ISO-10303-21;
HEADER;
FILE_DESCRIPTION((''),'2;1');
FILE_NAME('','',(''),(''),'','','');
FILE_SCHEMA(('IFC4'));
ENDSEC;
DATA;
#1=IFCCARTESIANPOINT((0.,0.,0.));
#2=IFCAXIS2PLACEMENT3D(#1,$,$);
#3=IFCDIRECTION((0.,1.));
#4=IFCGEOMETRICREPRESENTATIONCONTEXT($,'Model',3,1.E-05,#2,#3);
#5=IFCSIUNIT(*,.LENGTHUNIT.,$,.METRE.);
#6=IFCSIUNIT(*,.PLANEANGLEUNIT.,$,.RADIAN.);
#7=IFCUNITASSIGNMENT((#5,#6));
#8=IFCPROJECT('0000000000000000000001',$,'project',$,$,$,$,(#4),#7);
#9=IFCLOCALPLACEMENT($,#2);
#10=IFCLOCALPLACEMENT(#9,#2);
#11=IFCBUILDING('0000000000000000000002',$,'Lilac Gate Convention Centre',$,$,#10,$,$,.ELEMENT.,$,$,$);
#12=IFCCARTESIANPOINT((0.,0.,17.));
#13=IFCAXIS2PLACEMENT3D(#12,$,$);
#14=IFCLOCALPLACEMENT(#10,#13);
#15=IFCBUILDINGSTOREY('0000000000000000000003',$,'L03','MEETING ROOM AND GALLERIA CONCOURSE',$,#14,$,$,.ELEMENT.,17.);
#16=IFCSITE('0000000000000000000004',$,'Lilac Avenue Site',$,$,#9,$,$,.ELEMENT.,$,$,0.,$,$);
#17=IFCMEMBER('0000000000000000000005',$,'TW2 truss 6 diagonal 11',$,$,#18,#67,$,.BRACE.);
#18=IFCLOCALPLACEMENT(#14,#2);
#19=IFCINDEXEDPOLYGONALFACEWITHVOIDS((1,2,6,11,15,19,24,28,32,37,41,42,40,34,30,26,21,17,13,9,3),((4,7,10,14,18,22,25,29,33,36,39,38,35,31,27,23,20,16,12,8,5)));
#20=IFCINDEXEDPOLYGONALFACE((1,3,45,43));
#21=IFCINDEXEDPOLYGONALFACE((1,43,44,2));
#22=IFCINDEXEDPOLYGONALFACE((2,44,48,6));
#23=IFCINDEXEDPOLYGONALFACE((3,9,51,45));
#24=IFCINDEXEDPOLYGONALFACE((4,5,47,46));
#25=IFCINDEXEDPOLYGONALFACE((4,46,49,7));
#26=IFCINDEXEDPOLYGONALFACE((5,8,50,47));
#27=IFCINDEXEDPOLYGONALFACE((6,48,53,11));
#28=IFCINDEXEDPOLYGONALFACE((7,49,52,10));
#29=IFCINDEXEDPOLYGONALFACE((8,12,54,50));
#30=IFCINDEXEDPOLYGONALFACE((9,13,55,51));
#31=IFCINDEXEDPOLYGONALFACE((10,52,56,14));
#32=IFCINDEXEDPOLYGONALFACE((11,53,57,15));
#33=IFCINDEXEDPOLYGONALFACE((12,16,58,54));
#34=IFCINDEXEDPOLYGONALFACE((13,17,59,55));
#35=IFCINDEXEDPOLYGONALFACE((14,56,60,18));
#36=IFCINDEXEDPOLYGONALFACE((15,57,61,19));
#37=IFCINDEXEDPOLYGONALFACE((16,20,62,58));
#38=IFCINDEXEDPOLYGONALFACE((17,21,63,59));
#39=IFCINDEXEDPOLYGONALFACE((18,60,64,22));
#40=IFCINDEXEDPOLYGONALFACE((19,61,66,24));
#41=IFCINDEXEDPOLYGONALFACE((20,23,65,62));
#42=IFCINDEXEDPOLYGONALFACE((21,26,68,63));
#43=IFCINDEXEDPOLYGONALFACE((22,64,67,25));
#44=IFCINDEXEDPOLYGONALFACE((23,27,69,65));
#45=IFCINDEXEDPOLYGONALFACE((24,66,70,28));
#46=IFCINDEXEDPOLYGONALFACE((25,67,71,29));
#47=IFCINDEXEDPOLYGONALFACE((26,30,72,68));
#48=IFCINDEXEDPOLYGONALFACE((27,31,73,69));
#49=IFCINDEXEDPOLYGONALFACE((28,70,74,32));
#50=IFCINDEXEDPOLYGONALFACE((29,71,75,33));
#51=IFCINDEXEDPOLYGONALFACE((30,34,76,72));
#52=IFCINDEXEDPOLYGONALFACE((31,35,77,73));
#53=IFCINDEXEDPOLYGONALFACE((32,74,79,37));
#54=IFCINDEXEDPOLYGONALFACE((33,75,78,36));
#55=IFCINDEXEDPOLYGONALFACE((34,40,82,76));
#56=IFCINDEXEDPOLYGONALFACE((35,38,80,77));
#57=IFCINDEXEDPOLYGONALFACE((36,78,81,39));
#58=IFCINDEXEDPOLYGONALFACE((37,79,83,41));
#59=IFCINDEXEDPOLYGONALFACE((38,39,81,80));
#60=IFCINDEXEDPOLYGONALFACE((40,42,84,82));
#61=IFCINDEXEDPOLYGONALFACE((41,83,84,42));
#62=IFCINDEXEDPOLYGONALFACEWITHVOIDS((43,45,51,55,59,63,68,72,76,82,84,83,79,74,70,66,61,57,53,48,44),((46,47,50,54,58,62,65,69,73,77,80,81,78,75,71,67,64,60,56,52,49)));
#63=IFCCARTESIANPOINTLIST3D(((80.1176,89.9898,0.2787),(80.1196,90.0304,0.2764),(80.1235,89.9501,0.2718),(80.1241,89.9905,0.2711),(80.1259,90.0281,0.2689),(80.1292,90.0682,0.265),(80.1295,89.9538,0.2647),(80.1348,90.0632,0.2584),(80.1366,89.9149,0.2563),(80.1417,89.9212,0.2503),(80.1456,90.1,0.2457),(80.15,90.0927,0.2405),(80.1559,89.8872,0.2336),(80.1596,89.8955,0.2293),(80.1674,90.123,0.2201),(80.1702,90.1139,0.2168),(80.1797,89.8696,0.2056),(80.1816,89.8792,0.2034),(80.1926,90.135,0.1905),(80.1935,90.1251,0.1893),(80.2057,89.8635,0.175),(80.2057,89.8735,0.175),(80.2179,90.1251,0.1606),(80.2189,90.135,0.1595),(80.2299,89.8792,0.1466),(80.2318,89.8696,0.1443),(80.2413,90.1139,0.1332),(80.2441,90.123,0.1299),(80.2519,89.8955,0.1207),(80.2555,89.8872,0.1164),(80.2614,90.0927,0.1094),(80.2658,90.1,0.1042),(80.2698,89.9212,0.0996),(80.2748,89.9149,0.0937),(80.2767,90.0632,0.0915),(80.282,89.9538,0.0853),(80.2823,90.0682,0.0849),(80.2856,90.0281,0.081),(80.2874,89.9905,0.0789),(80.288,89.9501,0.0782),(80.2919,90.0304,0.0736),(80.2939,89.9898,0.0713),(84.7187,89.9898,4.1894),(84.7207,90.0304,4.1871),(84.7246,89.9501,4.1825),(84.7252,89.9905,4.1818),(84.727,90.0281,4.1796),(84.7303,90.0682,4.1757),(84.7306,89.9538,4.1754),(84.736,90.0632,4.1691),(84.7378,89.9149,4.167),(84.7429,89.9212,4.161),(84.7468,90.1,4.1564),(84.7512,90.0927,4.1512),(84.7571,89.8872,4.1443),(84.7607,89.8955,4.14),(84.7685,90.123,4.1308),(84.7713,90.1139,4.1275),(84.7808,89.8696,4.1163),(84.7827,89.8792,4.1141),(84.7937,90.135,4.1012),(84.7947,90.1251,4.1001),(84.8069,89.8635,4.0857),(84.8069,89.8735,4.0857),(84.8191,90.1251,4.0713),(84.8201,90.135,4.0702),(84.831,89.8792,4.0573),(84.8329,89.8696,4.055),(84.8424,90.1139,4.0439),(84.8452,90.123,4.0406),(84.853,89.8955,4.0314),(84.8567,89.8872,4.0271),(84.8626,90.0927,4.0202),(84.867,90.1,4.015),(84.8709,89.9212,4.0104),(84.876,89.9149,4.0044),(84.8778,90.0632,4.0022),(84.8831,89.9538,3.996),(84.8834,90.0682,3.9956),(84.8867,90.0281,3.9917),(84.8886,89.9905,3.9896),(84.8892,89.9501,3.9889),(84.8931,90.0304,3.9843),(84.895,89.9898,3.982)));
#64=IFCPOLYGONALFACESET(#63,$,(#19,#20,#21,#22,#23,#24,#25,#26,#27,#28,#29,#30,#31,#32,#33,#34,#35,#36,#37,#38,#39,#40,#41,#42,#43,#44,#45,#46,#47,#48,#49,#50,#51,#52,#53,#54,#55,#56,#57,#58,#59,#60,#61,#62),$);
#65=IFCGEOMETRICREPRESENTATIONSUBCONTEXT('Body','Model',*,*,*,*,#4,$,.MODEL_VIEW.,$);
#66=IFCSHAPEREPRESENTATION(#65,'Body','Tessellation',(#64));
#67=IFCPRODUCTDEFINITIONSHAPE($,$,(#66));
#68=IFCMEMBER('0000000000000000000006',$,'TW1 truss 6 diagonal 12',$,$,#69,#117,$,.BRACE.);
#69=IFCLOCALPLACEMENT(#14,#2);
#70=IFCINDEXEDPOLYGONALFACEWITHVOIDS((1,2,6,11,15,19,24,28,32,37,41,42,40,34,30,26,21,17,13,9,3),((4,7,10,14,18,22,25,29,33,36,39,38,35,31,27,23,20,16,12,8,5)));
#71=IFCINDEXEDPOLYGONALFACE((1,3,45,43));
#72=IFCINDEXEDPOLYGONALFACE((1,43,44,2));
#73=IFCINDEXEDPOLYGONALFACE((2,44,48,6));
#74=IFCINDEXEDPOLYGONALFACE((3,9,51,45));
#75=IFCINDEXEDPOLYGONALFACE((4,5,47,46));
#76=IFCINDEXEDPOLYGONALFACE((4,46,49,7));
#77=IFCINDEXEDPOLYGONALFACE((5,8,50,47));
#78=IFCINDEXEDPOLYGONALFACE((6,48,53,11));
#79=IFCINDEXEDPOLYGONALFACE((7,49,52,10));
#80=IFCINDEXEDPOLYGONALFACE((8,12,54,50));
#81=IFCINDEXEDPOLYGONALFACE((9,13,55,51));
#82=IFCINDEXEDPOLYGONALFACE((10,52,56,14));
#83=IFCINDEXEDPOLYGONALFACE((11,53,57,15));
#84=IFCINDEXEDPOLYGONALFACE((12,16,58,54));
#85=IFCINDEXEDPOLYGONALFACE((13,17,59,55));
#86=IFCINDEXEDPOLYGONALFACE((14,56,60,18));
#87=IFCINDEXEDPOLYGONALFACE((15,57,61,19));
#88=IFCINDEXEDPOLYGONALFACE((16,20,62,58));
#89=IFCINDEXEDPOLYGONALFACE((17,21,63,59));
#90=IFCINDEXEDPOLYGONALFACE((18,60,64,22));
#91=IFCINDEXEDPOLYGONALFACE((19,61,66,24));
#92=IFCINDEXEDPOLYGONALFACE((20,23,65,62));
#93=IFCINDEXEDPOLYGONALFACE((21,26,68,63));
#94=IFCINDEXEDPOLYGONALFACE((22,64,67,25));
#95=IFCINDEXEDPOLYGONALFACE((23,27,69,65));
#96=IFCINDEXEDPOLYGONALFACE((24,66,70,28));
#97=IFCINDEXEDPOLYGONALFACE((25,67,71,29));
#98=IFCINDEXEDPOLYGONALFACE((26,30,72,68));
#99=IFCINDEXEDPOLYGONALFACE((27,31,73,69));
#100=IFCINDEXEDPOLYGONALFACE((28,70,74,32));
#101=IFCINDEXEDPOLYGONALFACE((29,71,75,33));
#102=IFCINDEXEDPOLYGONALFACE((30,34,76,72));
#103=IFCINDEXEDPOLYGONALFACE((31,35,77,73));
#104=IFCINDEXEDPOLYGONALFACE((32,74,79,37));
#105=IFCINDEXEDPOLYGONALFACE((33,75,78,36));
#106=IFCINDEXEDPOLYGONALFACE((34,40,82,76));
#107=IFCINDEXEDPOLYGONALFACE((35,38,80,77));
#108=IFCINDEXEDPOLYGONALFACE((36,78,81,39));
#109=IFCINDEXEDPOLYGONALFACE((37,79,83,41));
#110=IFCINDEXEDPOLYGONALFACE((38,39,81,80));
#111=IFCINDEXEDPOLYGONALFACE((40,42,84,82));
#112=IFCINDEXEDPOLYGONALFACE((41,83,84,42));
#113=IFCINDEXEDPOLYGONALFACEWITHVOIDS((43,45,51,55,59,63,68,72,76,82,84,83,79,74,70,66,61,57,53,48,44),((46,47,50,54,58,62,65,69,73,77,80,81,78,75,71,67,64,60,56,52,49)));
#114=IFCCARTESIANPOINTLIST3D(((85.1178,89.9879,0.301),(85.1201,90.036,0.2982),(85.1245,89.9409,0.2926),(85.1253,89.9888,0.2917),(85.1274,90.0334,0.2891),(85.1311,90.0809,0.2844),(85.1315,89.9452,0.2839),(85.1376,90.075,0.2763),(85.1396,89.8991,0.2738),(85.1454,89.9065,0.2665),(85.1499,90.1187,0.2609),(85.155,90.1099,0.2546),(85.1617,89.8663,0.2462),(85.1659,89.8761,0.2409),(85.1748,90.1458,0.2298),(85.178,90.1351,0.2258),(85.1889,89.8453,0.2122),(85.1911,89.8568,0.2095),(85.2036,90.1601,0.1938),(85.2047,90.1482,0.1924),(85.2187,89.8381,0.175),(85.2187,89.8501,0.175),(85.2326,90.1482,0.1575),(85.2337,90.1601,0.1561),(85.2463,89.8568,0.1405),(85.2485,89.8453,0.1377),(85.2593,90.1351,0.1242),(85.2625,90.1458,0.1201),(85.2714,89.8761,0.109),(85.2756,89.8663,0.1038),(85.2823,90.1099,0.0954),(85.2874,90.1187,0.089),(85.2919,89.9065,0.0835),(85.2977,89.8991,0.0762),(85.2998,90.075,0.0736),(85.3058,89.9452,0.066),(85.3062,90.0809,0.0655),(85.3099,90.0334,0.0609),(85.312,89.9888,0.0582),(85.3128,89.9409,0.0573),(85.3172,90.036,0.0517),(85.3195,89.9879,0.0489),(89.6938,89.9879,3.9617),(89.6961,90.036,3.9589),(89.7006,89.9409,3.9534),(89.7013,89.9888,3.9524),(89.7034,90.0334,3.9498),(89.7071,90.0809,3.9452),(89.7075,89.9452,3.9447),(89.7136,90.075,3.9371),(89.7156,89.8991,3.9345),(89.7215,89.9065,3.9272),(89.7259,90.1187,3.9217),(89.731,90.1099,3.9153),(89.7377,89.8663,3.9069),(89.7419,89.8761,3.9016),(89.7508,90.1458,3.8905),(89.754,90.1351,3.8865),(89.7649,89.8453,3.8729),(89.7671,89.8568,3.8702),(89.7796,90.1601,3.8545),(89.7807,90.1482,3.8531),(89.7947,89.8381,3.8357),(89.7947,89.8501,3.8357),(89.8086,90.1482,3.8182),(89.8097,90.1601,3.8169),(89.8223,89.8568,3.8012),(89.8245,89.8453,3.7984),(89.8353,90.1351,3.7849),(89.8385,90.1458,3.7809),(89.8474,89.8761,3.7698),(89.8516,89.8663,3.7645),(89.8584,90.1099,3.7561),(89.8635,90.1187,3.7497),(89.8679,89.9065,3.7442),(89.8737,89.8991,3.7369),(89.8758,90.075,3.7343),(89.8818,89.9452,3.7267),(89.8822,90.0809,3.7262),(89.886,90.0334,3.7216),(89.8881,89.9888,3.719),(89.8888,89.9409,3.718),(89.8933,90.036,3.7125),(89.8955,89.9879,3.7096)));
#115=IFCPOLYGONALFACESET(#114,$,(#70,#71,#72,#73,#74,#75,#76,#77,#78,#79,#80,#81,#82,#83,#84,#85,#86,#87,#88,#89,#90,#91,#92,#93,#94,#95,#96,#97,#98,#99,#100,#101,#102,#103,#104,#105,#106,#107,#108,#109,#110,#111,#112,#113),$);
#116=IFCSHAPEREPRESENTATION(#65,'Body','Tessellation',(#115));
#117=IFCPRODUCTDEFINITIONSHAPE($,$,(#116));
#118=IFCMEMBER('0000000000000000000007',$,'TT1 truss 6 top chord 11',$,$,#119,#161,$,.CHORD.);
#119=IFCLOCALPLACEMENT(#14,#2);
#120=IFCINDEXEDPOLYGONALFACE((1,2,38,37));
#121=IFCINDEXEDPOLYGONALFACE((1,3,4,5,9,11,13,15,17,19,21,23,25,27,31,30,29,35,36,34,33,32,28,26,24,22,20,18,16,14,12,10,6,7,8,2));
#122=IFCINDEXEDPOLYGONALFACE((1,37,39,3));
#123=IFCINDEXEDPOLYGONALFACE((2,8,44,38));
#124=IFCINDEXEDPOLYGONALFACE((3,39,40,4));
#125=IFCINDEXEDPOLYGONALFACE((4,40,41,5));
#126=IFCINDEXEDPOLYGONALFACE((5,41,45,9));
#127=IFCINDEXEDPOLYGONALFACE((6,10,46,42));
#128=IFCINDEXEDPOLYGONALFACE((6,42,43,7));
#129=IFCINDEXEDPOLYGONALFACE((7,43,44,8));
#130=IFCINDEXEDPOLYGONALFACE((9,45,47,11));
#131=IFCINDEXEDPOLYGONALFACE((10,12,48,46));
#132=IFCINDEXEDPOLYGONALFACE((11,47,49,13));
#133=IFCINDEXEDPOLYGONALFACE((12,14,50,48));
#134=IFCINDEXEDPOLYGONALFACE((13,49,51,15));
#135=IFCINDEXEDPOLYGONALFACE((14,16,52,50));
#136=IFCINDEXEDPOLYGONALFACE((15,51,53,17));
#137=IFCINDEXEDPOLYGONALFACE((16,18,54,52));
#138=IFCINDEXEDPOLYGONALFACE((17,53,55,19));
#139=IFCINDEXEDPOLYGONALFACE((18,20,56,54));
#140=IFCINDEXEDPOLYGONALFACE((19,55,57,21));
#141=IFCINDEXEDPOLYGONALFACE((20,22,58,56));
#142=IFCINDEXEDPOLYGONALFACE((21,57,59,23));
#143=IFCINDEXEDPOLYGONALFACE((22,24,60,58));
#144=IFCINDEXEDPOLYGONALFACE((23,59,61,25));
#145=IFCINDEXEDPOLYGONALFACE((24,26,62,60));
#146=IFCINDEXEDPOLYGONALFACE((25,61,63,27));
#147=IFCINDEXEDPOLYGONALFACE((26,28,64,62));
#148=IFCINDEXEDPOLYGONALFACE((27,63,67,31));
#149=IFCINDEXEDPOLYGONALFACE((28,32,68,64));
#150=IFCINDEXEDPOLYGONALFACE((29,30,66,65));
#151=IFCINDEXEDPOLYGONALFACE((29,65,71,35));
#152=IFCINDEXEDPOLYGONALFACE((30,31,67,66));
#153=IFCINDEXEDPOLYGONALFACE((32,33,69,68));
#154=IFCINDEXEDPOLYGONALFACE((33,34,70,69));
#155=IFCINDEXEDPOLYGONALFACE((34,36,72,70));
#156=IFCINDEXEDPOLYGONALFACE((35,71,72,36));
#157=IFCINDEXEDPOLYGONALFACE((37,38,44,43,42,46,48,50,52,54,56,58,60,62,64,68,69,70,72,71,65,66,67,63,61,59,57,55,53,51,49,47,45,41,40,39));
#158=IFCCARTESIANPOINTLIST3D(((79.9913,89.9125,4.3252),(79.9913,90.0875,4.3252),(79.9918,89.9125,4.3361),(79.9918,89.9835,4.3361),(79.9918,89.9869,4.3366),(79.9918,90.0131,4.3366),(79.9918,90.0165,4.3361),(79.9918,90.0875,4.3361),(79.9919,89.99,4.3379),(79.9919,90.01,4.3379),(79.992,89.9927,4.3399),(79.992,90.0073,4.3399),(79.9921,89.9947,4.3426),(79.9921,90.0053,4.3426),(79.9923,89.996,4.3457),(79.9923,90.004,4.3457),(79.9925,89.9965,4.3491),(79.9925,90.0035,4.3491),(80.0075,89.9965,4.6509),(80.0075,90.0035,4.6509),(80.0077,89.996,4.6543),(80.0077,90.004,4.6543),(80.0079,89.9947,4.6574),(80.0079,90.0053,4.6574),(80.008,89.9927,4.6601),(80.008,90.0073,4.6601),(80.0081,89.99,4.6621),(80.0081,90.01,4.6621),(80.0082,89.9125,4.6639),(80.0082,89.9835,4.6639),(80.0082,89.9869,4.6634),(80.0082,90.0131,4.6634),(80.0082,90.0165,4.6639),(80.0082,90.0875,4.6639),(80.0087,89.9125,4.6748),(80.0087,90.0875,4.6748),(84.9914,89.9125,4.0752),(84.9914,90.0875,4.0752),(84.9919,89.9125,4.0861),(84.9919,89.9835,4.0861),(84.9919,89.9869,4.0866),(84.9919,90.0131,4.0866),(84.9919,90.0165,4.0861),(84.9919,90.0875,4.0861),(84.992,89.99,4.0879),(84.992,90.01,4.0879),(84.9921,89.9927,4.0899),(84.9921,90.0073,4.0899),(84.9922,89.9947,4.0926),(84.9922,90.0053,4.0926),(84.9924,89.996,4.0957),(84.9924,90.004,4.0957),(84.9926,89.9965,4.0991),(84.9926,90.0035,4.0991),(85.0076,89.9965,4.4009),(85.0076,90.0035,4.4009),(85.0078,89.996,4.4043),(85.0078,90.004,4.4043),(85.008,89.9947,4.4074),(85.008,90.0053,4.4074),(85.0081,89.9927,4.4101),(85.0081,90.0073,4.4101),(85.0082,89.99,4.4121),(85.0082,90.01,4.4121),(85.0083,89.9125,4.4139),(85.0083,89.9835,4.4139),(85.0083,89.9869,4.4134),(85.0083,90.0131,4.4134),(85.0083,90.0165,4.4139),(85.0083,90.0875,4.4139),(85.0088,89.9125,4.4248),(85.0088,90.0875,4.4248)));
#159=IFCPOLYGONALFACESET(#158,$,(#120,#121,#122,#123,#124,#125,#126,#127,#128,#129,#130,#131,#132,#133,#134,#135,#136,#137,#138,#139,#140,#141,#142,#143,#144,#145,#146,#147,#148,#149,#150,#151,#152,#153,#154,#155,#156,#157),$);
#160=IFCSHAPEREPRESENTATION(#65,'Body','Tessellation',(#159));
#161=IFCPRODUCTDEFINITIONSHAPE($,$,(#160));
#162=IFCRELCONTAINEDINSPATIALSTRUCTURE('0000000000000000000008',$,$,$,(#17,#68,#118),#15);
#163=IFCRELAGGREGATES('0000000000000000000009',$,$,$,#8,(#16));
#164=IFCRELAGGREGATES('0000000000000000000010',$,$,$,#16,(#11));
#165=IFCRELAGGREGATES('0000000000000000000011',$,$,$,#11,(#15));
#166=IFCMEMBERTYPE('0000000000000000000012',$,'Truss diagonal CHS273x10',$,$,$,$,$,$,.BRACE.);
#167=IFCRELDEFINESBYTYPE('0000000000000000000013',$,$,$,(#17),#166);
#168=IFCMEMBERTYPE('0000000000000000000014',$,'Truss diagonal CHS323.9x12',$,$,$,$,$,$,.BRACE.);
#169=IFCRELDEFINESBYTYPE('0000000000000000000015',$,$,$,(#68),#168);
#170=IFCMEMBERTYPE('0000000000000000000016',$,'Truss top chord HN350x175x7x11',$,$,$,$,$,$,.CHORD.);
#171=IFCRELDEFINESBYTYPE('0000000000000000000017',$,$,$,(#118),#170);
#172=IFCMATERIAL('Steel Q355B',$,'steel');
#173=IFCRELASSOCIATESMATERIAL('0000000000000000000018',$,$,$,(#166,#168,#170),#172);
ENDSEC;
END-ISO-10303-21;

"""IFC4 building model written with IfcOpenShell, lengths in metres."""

from ifc_helpers import new_model, si_unit, direction, frame, origin, origin_2d, place, context, subcontext, project, spatial, hollow_circle, i_section, extrude, material, material_profile, profile_set, type_object, element, save


model = new_model("IFC4")

# Units and contexts
model_context = context("Model", 3, precision=1e-05, world=origin(), true_north=direction((0.0, 1.0)))
body_context = subcontext(model_context, "Body", "Model", "MODEL_VIEW")
ifc_project = project(units=[si_unit("LENGTHUNIT", "METRE"), si_unit("PLANEANGLEUNIT", "RADIAN")], contexts=[model_context])

# Site, building, storey
site_placement = place(None, origin())
site = spatial("IfcSite", under=ifc_project, at=site_placement, Name="Lilac Avenue Site", CompositionType="ELEMENT", RefElevation=0.0)
building_placement = place(site_placement, origin())
building = spatial("IfcBuilding", under=site, at=building_placement, Name="Lilac Gate Convention Centre", CompositionType="ELEMENT")
storey_placement = place(building_placement, frame((0.0, 0.0, 17.0)))
storey = spatial("IfcBuildingStorey", under=building, at=storey_placement, Name="L03", Description="MEETING ROOM AND GALLERIA CONCOURSE", CompositionType="ELEMENT", Elevation=17.0)

# Members
ifc_material = material(Name="Steel Q355B", Category="steel")
ifc_material_profile_1 = material_profile(ifc_material, hollow_circle(Radius=0.1365, WallThickness=0.01, at=origin_2d()), Name="CHS273x10")
ifc_profile_set_1 = profile_set([ifc_material_profile_1], Name="Steel Q355B")
member_type_1 = type_object("IfcMemberType", Name="Truss diagonal CHS273x10", PredefinedType="BRACE", material=ifc_profile_set_1)
member_1_placement = place(storey_placement, frame((84.8069, 90.0, 4.0857), z_axis=(-0.761961, 0.0, -0.647623), x_axis=(0.0, -1.0, 0.0)))
element("IfcMember", 1, at=member_1_placement, inside=storey, type_object=member_type_1, Name="TW2 truss 6 diagonal 11", PredefinedType="BRACE", context=body_context, shape_type="SweptSolid", body=[
    extrude(hollow_circle(Radius=0.1365, WallThickness=0.01, at=origin_2d()), origin(), (0.0, 0.0, 1.0), 6.0386),
])
ifc_material_profile_2 = material_profile(ifc_material, hollow_circle(Radius=0.1619, WallThickness=0.012, at=origin_2d()), Name="CHS323.9x12")
ifc_profile_set_2 = profile_set([ifc_material_profile_2], Name="Steel Q355B")
member_type_2 = type_object("IfcMemberType", Name="Truss diagonal CHS323.9x12", PredefinedType="BRACE", material=ifc_profile_set_2)
member_2_placement = place(storey_placement, frame((89.7947, 90.0, 3.8357), z_axis=(-0.780877, 0.0, -0.624685), x_axis=(0.0, -1.0, 0.0)))
element("IfcMember", 2, at=member_2_placement, inside=storey, type_object=member_type_2, Name="TW1 truss 6 diagonal 12", PredefinedType="BRACE", context=body_context, shape_type="SweptSolid", body=[
    extrude(hollow_circle(Radius=0.1619, WallThickness=0.012, at=origin_2d()), origin(), (0.0, 0.0, 1.0), 5.8601),
])
ifc_material_profile_3 = material_profile(ifc_material, i_section(OverallWidth=0.175, OverallDepth=0.3501, WebThickness=0.0071, FlangeThickness=0.011, FilletRadius=0.0129, at=origin_2d()), Name="HN350x175x7x11")
ifc_profile_set_3 = profile_set([ifc_material_profile_3], Name="Steel Q355B")
member_type_3 = type_object("IfcMemberType", Name="Truss top chord HN350x175x7x11", PredefinedType="CHORD", material=ifc_profile_set_3)
for number, where, z_axis, x_axis, name in (
    (3, (80.0, 90.0, 4.5), (0.998752, 0.0, -0.049938), (0.0, 1.0, 0.0), "TT1 truss 6 top chord 11"),
):
    element("IfcMember", number, at=place(storey_placement, frame(where, z_axis=z_axis, x_axis=x_axis)), inside=storey, type_object=member_type_3, Name=name, PredefinedType="CHORD", context=body_context, shape_type="SweptSolid", body=[
        extrude(i_section(OverallWidth=0.175, OverallDepth=0.3501, WebThickness=0.0071, FlangeThickness=0.011, FilletRadius=0.0129, at=origin_2d()), origin(), (0.0, 0.0, 1.0), 5.0063),
    ])

save(model, "model.ifc")
